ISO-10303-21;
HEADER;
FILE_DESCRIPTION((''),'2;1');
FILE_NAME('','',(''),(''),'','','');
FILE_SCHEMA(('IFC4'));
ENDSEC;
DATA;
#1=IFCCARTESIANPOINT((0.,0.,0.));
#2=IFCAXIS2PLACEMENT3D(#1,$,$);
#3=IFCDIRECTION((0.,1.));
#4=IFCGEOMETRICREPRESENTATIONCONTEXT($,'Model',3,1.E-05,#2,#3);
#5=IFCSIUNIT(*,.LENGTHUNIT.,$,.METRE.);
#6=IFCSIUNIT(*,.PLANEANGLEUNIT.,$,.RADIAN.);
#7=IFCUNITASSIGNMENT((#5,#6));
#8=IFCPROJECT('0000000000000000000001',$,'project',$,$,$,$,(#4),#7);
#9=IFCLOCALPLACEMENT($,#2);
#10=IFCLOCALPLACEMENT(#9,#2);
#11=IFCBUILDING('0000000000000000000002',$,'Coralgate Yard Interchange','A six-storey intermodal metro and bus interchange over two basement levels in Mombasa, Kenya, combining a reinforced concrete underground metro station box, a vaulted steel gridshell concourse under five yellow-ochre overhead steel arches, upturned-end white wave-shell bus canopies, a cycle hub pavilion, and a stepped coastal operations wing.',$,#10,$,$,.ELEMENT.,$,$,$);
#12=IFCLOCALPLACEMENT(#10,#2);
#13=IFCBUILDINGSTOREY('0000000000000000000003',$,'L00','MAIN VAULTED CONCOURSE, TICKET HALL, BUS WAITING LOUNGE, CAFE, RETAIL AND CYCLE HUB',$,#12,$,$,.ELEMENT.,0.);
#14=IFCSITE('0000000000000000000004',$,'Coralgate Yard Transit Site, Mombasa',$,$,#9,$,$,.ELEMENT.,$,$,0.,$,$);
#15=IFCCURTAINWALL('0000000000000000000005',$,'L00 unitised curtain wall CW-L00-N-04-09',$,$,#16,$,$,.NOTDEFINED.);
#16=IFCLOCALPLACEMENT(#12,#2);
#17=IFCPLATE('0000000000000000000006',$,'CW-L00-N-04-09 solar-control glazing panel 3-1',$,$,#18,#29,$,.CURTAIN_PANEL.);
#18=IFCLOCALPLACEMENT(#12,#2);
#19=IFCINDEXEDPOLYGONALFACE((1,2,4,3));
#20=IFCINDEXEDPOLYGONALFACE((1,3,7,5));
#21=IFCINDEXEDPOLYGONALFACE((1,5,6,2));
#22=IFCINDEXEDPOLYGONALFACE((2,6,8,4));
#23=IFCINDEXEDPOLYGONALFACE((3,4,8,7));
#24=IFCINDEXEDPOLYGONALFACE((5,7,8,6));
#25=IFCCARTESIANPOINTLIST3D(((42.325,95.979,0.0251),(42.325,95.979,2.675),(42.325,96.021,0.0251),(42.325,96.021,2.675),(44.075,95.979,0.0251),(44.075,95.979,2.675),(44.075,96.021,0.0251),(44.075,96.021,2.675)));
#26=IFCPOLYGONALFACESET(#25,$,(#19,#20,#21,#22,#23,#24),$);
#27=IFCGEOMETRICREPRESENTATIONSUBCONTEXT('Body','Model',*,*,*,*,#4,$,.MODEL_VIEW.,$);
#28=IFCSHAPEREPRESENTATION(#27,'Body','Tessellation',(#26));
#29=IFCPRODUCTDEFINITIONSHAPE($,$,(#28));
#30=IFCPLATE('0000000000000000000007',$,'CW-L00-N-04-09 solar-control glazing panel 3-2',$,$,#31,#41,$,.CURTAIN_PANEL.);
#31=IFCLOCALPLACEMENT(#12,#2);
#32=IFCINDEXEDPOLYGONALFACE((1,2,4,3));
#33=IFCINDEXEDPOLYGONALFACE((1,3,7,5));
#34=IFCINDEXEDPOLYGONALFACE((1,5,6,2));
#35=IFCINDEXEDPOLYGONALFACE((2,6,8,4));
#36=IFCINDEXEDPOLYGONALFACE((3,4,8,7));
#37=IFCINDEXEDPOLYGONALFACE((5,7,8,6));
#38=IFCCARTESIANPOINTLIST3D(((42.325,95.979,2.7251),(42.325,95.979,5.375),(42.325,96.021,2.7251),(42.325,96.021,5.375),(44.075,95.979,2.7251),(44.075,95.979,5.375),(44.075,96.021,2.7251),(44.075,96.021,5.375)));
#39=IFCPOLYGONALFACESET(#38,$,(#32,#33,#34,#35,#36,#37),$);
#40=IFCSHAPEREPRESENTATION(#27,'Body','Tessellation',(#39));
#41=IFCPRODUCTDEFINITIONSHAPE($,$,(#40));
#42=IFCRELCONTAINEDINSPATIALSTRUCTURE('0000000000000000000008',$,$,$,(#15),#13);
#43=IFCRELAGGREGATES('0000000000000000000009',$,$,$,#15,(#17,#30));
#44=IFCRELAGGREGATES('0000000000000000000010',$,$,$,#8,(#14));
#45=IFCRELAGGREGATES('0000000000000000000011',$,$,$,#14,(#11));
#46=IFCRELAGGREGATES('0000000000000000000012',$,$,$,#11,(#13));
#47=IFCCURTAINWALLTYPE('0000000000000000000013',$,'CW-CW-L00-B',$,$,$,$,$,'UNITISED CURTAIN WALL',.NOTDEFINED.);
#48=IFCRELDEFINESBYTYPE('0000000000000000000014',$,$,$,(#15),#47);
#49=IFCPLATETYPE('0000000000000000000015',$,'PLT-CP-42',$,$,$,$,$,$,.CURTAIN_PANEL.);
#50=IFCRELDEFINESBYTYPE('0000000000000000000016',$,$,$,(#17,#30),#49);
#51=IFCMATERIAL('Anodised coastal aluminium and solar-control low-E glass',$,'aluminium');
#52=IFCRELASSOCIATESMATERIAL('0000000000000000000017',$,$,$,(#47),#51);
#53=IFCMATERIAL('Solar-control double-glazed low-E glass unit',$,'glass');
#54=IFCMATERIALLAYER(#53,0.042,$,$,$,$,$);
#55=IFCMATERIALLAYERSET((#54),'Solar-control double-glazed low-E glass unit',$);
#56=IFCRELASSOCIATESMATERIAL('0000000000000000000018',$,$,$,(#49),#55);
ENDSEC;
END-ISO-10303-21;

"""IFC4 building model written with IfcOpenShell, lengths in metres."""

from ifc_helpers import new_model, si_unit, direction, frame, origin, origin_2d, place, context, subcontext, project, spatial, rectangle, extrude, material, layer, layer_set, type_object, element, aggregate, save


model = new_model("IFC4")

# Units and contexts
model_context = context("Model", 3, precision=1e-05, world=origin(), true_north=direction((0.0, 1.0)))
body_context = subcontext(model_context, "Body", "Model", "MODEL_VIEW")
ifc_project = project(units=[si_unit("LENGTHUNIT", "METRE"), si_unit("PLANEANGLEUNIT", "RADIAN")], contexts=[model_context])

# Site, building, storey
site_placement = place(None, origin())
site = spatial("IfcSite", under=ifc_project, at=site_placement, Name="Coralgate Yard Transit Site, Mombasa", CompositionType="ELEMENT", RefElevation=0.0)
building_placement = place(site_placement, origin())
building = spatial("IfcBuilding", under=site, at=building_placement, Name="Coralgate Yard Interchange", Description="A six-storey intermodal metro and bus interchange over two basement levels in Mombasa, Kenya, combining a reinforced concrete underground metro station box, a vaulted steel gridshell concourse under five yellow-ochre overhead steel arches, upturned-end white wave-shell bus canopies, a cycle hub pavilion, and a stepped coastal operations wing.", CompositionType="ELEMENT")
storey_placement = place(building_placement, origin())
storey = spatial("IfcBuildingStorey", under=building, at=storey_placement, Name="L00", Description="MAIN VAULTED CONCOURSE, TICKET HALL, BUS WAITING LOUNGE, CAFE, RETAIL AND CYCLE HUB", CompositionType="ELEMENT", Elevation=0.0)

# Curtain wall, plates
ifc_material_1 = material(Name="Anodised coastal aluminium and solar-control low-E glass", Category="aluminium")
curtain_wall_type = type_object("IfcCurtainWallType", Name="CW-CW-L00-B", ElementType="UNITISED CURTAIN WALL", PredefinedType="NOTDEFINED", material=ifc_material_1)
curtain_wall_placement = place(storey_placement, origin())
curtain_wall = element("IfcCurtainWall", 1, at=curtain_wall_placement, inside=storey, type_object=curtain_wall_type, Name="L00 unitised curtain wall CW-L00-N-04-09", PredefinedType="NOTDEFINED")
ifc_material_2 = material(Name="Solar-control double-glazed low-E glass unit", Category="glass")
ifc_layer = layer(ifc_material_2, 0.042)
ifc_layer_set = layer_set([ifc_layer], Name="Solar-control double-glazed low-E glass unit")
plate_type = type_object("IfcPlateType", Name="PLT-CP-42", PredefinedType="CURTAIN_PANEL", material=ifc_layer_set)
plate_1_placement = place(storey_placement, frame((43.2, 96.0, 0.0251), z_axis=(0.0, 0.0, 1.0), x_axis=(1.0, 0.0, 0.0)))
plate_1 = element("IfcPlate", 2, at=plate_1_placement, type_object=plate_type, Name="CW-L00-N-04-09 solar-control glazing panel 3-1", PredefinedType="CURTAIN_PANEL", context=body_context, shape_type="SweptSolid", body=[
    extrude(rectangle(XDim=1.75, YDim=0.042, at=origin_2d()), origin(), (0.0, 0.0, 1.0), 2.6499),
])
plate_2_placement = place(storey_placement, frame((43.2, 96.0, 2.7251), z_axis=(0.0, 0.0, 1.0), x_axis=(1.0, 0.0, 0.0)))
plate_2 = element("IfcPlate", 3, at=plate_2_placement, type_object=plate_type, Name="CW-L00-N-04-09 solar-control glazing panel 3-2", PredefinedType="CURTAIN_PANEL", context=body_context, shape_type="SweptSolid", body=[
    extrude(rectangle(XDim=1.75, YDim=0.042, at=origin_2d()), origin(), (0.0, 0.0, 1.0), 2.6499),
])
aggregate(curtain_wall, [plate_1, plate_2])

save(model, "model.ifc")
